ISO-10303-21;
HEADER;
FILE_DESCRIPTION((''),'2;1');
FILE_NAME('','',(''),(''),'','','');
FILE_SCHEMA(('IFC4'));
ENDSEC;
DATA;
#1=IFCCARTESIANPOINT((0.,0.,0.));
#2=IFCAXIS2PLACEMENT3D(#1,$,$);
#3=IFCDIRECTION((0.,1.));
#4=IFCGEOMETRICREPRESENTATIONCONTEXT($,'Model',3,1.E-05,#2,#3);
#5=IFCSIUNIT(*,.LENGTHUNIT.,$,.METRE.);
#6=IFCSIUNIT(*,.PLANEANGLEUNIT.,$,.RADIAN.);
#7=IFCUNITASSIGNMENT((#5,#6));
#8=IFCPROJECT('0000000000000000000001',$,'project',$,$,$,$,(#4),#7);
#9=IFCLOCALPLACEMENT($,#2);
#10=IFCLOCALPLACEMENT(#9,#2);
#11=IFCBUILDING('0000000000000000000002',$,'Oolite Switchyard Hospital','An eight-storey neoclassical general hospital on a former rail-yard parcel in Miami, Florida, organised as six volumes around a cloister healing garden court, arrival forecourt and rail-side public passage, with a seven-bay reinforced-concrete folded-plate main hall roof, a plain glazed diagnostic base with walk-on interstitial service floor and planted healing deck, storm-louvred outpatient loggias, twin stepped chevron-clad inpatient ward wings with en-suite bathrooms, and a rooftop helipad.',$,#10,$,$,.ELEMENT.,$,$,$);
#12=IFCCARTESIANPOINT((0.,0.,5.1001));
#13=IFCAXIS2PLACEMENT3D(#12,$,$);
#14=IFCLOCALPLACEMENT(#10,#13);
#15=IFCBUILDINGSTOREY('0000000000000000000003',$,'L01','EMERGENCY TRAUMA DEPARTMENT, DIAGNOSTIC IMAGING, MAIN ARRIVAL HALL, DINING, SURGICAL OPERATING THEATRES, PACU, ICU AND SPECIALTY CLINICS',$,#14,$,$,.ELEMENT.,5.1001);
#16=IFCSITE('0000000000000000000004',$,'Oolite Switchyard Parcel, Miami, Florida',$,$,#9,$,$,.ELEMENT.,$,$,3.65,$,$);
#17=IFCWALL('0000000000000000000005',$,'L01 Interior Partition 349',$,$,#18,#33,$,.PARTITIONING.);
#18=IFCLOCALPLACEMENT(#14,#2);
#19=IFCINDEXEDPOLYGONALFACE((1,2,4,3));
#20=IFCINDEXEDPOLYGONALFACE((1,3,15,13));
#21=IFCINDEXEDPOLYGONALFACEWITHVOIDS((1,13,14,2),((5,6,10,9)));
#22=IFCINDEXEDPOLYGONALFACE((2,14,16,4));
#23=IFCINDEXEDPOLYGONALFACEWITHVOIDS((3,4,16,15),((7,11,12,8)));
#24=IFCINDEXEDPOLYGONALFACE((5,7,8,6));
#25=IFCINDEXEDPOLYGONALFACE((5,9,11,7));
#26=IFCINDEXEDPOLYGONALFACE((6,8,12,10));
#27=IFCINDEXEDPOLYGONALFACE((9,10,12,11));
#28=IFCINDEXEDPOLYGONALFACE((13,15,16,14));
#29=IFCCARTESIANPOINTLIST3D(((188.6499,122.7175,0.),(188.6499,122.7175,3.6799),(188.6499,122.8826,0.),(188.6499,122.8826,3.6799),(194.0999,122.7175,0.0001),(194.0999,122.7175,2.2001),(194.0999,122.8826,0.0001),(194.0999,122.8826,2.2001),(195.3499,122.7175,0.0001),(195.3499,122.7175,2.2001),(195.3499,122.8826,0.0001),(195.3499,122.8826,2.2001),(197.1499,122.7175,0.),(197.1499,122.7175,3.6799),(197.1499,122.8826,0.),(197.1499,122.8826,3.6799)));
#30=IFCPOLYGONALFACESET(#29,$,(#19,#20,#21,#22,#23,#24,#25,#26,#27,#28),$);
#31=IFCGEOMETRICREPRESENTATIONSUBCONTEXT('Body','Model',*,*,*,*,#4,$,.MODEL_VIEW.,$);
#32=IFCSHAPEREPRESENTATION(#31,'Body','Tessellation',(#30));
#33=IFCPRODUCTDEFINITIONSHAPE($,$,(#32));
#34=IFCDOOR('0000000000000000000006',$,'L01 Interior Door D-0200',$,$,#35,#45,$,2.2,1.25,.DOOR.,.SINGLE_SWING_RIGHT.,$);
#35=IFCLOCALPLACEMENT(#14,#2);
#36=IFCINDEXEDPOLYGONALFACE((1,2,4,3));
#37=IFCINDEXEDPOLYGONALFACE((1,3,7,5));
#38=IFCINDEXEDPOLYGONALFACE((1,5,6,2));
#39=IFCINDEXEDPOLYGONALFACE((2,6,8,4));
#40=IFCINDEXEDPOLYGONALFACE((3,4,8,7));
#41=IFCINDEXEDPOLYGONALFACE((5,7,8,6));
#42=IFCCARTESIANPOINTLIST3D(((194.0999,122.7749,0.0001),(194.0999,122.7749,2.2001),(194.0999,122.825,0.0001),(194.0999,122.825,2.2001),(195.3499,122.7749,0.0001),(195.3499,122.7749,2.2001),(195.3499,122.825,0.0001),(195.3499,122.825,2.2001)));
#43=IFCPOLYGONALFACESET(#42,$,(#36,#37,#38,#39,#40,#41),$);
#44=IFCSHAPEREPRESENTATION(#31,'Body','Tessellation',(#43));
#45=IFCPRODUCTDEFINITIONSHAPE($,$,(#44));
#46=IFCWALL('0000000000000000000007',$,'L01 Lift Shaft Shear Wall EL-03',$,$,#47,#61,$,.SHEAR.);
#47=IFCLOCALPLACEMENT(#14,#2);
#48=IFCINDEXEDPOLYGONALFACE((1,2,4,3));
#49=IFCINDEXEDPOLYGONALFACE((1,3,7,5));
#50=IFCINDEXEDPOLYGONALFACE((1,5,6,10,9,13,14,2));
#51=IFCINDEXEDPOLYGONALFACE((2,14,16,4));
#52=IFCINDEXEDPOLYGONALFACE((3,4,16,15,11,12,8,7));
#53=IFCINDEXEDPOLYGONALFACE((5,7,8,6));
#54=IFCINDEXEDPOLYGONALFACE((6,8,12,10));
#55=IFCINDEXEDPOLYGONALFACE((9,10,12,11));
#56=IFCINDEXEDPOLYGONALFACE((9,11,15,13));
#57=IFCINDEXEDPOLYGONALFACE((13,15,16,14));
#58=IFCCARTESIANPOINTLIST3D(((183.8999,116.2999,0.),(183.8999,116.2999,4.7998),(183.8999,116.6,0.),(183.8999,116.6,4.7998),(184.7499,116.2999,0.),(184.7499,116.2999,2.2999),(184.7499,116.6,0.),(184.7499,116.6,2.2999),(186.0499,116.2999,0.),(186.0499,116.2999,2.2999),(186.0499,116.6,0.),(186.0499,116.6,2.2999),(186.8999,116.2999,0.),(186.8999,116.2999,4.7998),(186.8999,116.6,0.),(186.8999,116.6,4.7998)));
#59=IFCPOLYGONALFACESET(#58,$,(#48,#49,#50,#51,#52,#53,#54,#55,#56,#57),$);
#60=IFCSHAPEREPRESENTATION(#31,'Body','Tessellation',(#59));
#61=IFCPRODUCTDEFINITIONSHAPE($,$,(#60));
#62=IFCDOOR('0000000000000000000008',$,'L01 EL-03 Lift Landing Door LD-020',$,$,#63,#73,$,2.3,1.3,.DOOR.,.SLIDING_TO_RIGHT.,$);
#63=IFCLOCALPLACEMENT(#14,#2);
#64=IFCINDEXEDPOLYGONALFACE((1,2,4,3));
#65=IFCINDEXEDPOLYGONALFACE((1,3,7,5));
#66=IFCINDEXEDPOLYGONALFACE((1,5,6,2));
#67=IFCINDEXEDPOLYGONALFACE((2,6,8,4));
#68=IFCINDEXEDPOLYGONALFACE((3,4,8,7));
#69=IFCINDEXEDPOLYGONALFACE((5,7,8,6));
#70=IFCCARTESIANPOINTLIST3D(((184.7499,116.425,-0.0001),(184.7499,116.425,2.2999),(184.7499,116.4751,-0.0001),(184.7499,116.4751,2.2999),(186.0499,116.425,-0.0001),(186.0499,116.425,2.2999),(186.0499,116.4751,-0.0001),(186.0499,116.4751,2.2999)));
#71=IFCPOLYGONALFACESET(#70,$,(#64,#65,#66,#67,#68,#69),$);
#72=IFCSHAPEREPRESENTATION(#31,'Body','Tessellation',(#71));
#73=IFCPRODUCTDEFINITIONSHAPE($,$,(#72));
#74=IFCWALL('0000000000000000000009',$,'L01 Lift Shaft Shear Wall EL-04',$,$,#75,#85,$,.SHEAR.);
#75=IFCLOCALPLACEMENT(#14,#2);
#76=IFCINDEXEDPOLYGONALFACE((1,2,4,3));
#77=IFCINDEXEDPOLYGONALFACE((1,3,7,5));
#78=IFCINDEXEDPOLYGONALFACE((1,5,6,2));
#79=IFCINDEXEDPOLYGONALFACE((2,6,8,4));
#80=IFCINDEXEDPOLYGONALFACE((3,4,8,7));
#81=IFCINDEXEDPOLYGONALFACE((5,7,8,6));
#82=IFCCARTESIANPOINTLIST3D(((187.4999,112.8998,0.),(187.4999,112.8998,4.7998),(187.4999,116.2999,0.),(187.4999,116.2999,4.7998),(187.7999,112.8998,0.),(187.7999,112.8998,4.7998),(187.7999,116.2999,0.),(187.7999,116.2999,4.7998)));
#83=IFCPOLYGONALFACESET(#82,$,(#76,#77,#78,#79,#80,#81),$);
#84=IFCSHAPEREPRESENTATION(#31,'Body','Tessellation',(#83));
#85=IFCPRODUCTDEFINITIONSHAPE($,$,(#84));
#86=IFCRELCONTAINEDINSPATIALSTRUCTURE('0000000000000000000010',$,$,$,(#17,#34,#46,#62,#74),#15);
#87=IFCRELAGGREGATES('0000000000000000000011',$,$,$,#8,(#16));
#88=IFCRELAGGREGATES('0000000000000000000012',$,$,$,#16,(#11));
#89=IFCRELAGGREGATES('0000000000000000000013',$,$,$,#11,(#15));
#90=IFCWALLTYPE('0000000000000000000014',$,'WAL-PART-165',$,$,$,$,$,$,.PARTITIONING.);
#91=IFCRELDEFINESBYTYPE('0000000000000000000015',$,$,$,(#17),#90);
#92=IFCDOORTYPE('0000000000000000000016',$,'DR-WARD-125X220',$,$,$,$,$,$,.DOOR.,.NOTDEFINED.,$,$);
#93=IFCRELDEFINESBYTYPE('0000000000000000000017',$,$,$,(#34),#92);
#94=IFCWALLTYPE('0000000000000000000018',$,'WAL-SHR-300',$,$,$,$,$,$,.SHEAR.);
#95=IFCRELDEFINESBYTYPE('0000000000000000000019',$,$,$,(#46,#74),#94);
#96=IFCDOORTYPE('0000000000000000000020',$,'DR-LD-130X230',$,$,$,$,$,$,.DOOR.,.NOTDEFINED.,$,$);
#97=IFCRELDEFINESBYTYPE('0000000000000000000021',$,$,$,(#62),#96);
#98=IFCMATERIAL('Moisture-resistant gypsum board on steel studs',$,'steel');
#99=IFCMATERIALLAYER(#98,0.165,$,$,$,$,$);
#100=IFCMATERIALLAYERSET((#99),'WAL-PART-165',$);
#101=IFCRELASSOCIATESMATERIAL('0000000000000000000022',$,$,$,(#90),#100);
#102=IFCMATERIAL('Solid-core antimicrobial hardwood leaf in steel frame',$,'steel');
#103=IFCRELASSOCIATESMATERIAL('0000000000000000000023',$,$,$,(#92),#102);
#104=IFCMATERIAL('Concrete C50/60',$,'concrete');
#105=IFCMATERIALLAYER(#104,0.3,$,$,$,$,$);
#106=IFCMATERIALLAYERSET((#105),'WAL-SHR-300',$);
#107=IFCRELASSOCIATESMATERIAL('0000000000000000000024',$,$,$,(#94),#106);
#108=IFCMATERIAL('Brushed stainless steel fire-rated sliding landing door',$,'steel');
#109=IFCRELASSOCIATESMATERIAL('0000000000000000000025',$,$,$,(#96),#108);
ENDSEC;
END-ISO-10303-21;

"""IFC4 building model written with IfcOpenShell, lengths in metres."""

from ifc_helpers import new_model, si_unit, direction, frame, frame_2d, origin, place, context, subcontext, project, spatial, rectangle, extrude, material, layer, layer_set, type_object, element, fill, save


model = new_model("IFC4")

# Units and contexts
model_context = context("Model", 3, precision=1e-05, world=origin(), true_north=direction((0.0, 1.0)))
body_context = subcontext(model_context, "Body", "Model", "MODEL_VIEW")
ifc_project = project(units=[si_unit("LENGTHUNIT", "METRE"), si_unit("PLANEANGLEUNIT", "RADIAN")], contexts=[model_context])

# Site, building, storey
site_placement = place(None, origin())
site = spatial("IfcSite", under=ifc_project, at=site_placement, Name="Oolite Switchyard Parcel, Miami, Florida", CompositionType="ELEMENT", RefElevation=3.65)
building_placement = place(site_placement, origin())
building = spatial("IfcBuilding", under=site, at=building_placement, Name="Oolite Switchyard Hospital", Description="An eight-storey neoclassical general hospital on a former rail-yard parcel in Miami, Florida, organised as six volumes around a cloister healing garden court, arrival forecourt and rail-side public passage, with a seven-bay reinforced-concrete folded-plate main hall roof, a plain glazed diagnostic base with walk-on interstitial service floor and planted healing deck, storm-louvred outpatient loggias, twin stepped chevron-clad inpatient ward wings with en-suite bathrooms, and a rooftop helipad.", CompositionType="ELEMENT")
storey_placement = place(building_placement, frame((0.0, 0.0, 5.1001)))
storey = spatial("IfcBuildingStorey", under=building, at=storey_placement, Name="L01", Description="EMERGENCY TRAUMA DEPARTMENT, DIAGNOSTIC IMAGING, MAIN ARRIVAL HALL, DINING, SURGICAL OPERATING THEATRES, PACU, ICU AND SPECIALTY CLINICS", CompositionType="ELEMENT", Elevation=5.1001)

# Shared definitions
ifc_material_1 = material(Name="Concrete C50/60", Category="concrete")

# Shared definitions
ifc_material_2 = material(Name="Moisture-resistant gypsum board on steel studs", Category="steel")

# Shared definitions
ifc_material_3 = material(Name="Solid-core antimicrobial hardwood leaf in steel frame", Category="steel")

# Walls, openings, doors
ifc_layer_1 = layer(ifc_material_2, 0.165)
ifc_layer_set_1 = layer_set([ifc_layer_1], Name="WAL-PART-165")
wall_type_1 = type_object("IfcWallType", Name="WAL-PART-165", PredefinedType="PARTITIONING", material=ifc_layer_set_1)
wall_1_placement = place(storey_placement, frame((188.6499, 122.8, 0.0), z_axis=(0.0, 0.0, 1.0), x_axis=(1.0, 0.0, 0.0)))
wall_1 = element("IfcWall", 1, at=wall_1_placement, inside=storey, type_object=wall_type_1, Name="L01 Interior Partition 349", PredefinedType="PARTITIONING", context=body_context, shape_type="SweptSolid", body=[
    extrude(rectangle(XDim=8.5, YDim=0.165, at=frame_2d((4.25, 0.0))), origin(), (0.0, 0.0, 1.0), 3.6799),
])
opening_1_placement = place(wall_1_placement, frame((5.45, 0.0, 0.0)))
opening_1 = element("IfcOpeningElement", 2, at=opening_1_placement, cuts=wall_1, PredefinedType="OPENING", context=body_context, shape_type="SweptSolid", body=[
    extrude(rectangle(XDim=1.25, YDim=2.2, at=frame_2d((0.625, 1.1001))), frame((0.0, 0.0925, 0.0), z_axis=(0.0, -1.0, 0.0), x_axis=(1.0, 0.0, 0.0)), (0.0, 0.0, 1.0), 0.1851),
])
door_type_1 = type_object("IfcDoorType", Name="DR-WARD-125X220", OperationType="NOTDEFINED", PredefinedType="DOOR", material=ifc_material_3)
door_1_placement = place(opening_1_placement, origin())
door_1 = element("IfcDoor", 3, at=door_1_placement, inside=storey, type_object=door_type_1, Name="L01 Interior Door D-0200", OperationType="SINGLE_SWING_RIGHT", OverallHeight=2.2, OverallWidth=1.25, PredefinedType="DOOR", context=body_context, shape_type="SweptSolid", body=[
    extrude(rectangle(XDim=1.25, YDim=2.2, at=frame_2d((0.625, 1.1001))), frame((0.0, 0.0249, 0.0), z_axis=(0.0, -1.0, 0.0), x_axis=(1.0, 0.0, 0.0)), (0.0, 0.0, 1.0), 0.05),
])
fill(opening_1, door_1)
ifc_layer_2 = layer(ifc_material_1, 0.3)
ifc_layer_set_2 = layer_set([ifc_layer_2], Name="WAL-SHR-300")
wall_type_2 = type_object("IfcWallType", Name="WAL-SHR-300", PredefinedType="SHEAR", material=ifc_layer_set_2)
wall_2_placement = place(storey_placement, frame((186.8999, 116.45, 0.0), z_axis=(0.0, 0.0, 1.0), x_axis=(-1.0, 0.0, 0.0)))
wall_2 = element("IfcWall", 4, at=wall_2_placement, inside=storey, type_object=wall_type_2, Name="L01 Lift Shaft Shear Wall EL-03", PredefinedType="SHEAR", context=body_context, shape_type="SweptSolid", body=[
    extrude(rectangle(XDim=3.0, YDim=0.3, at=frame_2d((1.5, 0.0))), origin(), (0.0, 0.0, 1.0), 4.7998),
])
opening_2_placement = place(wall_2_placement, frame((0.8501, 0.0, 0.0)))
opening_2 = element("IfcOpeningElement", 5, at=opening_2_placement, cuts=wall_2, PredefinedType="OPENING", context=body_context, shape_type="SweptSolid", body=[
    extrude(rectangle(XDim=1.3, YDim=2.3, at=frame_2d((0.6499, 1.1499))), frame((0.0, 0.1602, 0.0), z_axis=(0.0, -1.0, 0.0), x_axis=(1.0, 0.0, 0.0)), (0.0, 0.0, 1.0), 0.3201),
])
ifc_material_4 = material(Name="Brushed stainless steel fire-rated sliding landing door", Category="steel")
door_type_2 = type_object("IfcDoorType", Name="DR-LD-130X230", OperationType="NOTDEFINED", PredefinedType="DOOR", material=ifc_material_4)
door_2_placement = place(opening_2_placement, origin())
door_2 = element("IfcDoor", 6, at=door_2_placement, inside=storey, type_object=door_type_2, Name="L01 EL-03 Lift Landing Door LD-020", OperationType="SLIDING_TO_RIGHT", OverallHeight=2.3, OverallWidth=1.3, PredefinedType="DOOR", context=body_context, shape_type="SweptSolid", body=[
    extrude(rectangle(XDim=1.3, YDim=2.3, at=frame_2d((0.6499, 1.1499))), frame((0.0, 0.0249, 0.0), z_axis=(0.0, -1.0, 0.0), x_axis=(1.0, 0.0, 0.0)), (0.0, 0.0, 1.0), 0.05),
])
fill(opening_2, door_2)

# Wall
wall_3_placement = place(storey_placement, frame((187.6499, 116.3, 0.0), z_axis=(0.0, 0.0, 1.0), x_axis=(0.0, -1.0, 0.0)))
element("IfcWall", 7, at=wall_3_placement, inside=storey, type_object=wall_type_2, Name="L01 Lift Shaft Shear Wall EL-04", PredefinedType="SHEAR", context=body_context, shape_type="SweptSolid", body=[
    extrude(rectangle(XDim=3.4001, YDim=0.3, at=frame_2d((1.7002, 0.0))), origin(), (0.0, 0.0, 1.0), 4.7998),
])

save(model, "model.ifc")
